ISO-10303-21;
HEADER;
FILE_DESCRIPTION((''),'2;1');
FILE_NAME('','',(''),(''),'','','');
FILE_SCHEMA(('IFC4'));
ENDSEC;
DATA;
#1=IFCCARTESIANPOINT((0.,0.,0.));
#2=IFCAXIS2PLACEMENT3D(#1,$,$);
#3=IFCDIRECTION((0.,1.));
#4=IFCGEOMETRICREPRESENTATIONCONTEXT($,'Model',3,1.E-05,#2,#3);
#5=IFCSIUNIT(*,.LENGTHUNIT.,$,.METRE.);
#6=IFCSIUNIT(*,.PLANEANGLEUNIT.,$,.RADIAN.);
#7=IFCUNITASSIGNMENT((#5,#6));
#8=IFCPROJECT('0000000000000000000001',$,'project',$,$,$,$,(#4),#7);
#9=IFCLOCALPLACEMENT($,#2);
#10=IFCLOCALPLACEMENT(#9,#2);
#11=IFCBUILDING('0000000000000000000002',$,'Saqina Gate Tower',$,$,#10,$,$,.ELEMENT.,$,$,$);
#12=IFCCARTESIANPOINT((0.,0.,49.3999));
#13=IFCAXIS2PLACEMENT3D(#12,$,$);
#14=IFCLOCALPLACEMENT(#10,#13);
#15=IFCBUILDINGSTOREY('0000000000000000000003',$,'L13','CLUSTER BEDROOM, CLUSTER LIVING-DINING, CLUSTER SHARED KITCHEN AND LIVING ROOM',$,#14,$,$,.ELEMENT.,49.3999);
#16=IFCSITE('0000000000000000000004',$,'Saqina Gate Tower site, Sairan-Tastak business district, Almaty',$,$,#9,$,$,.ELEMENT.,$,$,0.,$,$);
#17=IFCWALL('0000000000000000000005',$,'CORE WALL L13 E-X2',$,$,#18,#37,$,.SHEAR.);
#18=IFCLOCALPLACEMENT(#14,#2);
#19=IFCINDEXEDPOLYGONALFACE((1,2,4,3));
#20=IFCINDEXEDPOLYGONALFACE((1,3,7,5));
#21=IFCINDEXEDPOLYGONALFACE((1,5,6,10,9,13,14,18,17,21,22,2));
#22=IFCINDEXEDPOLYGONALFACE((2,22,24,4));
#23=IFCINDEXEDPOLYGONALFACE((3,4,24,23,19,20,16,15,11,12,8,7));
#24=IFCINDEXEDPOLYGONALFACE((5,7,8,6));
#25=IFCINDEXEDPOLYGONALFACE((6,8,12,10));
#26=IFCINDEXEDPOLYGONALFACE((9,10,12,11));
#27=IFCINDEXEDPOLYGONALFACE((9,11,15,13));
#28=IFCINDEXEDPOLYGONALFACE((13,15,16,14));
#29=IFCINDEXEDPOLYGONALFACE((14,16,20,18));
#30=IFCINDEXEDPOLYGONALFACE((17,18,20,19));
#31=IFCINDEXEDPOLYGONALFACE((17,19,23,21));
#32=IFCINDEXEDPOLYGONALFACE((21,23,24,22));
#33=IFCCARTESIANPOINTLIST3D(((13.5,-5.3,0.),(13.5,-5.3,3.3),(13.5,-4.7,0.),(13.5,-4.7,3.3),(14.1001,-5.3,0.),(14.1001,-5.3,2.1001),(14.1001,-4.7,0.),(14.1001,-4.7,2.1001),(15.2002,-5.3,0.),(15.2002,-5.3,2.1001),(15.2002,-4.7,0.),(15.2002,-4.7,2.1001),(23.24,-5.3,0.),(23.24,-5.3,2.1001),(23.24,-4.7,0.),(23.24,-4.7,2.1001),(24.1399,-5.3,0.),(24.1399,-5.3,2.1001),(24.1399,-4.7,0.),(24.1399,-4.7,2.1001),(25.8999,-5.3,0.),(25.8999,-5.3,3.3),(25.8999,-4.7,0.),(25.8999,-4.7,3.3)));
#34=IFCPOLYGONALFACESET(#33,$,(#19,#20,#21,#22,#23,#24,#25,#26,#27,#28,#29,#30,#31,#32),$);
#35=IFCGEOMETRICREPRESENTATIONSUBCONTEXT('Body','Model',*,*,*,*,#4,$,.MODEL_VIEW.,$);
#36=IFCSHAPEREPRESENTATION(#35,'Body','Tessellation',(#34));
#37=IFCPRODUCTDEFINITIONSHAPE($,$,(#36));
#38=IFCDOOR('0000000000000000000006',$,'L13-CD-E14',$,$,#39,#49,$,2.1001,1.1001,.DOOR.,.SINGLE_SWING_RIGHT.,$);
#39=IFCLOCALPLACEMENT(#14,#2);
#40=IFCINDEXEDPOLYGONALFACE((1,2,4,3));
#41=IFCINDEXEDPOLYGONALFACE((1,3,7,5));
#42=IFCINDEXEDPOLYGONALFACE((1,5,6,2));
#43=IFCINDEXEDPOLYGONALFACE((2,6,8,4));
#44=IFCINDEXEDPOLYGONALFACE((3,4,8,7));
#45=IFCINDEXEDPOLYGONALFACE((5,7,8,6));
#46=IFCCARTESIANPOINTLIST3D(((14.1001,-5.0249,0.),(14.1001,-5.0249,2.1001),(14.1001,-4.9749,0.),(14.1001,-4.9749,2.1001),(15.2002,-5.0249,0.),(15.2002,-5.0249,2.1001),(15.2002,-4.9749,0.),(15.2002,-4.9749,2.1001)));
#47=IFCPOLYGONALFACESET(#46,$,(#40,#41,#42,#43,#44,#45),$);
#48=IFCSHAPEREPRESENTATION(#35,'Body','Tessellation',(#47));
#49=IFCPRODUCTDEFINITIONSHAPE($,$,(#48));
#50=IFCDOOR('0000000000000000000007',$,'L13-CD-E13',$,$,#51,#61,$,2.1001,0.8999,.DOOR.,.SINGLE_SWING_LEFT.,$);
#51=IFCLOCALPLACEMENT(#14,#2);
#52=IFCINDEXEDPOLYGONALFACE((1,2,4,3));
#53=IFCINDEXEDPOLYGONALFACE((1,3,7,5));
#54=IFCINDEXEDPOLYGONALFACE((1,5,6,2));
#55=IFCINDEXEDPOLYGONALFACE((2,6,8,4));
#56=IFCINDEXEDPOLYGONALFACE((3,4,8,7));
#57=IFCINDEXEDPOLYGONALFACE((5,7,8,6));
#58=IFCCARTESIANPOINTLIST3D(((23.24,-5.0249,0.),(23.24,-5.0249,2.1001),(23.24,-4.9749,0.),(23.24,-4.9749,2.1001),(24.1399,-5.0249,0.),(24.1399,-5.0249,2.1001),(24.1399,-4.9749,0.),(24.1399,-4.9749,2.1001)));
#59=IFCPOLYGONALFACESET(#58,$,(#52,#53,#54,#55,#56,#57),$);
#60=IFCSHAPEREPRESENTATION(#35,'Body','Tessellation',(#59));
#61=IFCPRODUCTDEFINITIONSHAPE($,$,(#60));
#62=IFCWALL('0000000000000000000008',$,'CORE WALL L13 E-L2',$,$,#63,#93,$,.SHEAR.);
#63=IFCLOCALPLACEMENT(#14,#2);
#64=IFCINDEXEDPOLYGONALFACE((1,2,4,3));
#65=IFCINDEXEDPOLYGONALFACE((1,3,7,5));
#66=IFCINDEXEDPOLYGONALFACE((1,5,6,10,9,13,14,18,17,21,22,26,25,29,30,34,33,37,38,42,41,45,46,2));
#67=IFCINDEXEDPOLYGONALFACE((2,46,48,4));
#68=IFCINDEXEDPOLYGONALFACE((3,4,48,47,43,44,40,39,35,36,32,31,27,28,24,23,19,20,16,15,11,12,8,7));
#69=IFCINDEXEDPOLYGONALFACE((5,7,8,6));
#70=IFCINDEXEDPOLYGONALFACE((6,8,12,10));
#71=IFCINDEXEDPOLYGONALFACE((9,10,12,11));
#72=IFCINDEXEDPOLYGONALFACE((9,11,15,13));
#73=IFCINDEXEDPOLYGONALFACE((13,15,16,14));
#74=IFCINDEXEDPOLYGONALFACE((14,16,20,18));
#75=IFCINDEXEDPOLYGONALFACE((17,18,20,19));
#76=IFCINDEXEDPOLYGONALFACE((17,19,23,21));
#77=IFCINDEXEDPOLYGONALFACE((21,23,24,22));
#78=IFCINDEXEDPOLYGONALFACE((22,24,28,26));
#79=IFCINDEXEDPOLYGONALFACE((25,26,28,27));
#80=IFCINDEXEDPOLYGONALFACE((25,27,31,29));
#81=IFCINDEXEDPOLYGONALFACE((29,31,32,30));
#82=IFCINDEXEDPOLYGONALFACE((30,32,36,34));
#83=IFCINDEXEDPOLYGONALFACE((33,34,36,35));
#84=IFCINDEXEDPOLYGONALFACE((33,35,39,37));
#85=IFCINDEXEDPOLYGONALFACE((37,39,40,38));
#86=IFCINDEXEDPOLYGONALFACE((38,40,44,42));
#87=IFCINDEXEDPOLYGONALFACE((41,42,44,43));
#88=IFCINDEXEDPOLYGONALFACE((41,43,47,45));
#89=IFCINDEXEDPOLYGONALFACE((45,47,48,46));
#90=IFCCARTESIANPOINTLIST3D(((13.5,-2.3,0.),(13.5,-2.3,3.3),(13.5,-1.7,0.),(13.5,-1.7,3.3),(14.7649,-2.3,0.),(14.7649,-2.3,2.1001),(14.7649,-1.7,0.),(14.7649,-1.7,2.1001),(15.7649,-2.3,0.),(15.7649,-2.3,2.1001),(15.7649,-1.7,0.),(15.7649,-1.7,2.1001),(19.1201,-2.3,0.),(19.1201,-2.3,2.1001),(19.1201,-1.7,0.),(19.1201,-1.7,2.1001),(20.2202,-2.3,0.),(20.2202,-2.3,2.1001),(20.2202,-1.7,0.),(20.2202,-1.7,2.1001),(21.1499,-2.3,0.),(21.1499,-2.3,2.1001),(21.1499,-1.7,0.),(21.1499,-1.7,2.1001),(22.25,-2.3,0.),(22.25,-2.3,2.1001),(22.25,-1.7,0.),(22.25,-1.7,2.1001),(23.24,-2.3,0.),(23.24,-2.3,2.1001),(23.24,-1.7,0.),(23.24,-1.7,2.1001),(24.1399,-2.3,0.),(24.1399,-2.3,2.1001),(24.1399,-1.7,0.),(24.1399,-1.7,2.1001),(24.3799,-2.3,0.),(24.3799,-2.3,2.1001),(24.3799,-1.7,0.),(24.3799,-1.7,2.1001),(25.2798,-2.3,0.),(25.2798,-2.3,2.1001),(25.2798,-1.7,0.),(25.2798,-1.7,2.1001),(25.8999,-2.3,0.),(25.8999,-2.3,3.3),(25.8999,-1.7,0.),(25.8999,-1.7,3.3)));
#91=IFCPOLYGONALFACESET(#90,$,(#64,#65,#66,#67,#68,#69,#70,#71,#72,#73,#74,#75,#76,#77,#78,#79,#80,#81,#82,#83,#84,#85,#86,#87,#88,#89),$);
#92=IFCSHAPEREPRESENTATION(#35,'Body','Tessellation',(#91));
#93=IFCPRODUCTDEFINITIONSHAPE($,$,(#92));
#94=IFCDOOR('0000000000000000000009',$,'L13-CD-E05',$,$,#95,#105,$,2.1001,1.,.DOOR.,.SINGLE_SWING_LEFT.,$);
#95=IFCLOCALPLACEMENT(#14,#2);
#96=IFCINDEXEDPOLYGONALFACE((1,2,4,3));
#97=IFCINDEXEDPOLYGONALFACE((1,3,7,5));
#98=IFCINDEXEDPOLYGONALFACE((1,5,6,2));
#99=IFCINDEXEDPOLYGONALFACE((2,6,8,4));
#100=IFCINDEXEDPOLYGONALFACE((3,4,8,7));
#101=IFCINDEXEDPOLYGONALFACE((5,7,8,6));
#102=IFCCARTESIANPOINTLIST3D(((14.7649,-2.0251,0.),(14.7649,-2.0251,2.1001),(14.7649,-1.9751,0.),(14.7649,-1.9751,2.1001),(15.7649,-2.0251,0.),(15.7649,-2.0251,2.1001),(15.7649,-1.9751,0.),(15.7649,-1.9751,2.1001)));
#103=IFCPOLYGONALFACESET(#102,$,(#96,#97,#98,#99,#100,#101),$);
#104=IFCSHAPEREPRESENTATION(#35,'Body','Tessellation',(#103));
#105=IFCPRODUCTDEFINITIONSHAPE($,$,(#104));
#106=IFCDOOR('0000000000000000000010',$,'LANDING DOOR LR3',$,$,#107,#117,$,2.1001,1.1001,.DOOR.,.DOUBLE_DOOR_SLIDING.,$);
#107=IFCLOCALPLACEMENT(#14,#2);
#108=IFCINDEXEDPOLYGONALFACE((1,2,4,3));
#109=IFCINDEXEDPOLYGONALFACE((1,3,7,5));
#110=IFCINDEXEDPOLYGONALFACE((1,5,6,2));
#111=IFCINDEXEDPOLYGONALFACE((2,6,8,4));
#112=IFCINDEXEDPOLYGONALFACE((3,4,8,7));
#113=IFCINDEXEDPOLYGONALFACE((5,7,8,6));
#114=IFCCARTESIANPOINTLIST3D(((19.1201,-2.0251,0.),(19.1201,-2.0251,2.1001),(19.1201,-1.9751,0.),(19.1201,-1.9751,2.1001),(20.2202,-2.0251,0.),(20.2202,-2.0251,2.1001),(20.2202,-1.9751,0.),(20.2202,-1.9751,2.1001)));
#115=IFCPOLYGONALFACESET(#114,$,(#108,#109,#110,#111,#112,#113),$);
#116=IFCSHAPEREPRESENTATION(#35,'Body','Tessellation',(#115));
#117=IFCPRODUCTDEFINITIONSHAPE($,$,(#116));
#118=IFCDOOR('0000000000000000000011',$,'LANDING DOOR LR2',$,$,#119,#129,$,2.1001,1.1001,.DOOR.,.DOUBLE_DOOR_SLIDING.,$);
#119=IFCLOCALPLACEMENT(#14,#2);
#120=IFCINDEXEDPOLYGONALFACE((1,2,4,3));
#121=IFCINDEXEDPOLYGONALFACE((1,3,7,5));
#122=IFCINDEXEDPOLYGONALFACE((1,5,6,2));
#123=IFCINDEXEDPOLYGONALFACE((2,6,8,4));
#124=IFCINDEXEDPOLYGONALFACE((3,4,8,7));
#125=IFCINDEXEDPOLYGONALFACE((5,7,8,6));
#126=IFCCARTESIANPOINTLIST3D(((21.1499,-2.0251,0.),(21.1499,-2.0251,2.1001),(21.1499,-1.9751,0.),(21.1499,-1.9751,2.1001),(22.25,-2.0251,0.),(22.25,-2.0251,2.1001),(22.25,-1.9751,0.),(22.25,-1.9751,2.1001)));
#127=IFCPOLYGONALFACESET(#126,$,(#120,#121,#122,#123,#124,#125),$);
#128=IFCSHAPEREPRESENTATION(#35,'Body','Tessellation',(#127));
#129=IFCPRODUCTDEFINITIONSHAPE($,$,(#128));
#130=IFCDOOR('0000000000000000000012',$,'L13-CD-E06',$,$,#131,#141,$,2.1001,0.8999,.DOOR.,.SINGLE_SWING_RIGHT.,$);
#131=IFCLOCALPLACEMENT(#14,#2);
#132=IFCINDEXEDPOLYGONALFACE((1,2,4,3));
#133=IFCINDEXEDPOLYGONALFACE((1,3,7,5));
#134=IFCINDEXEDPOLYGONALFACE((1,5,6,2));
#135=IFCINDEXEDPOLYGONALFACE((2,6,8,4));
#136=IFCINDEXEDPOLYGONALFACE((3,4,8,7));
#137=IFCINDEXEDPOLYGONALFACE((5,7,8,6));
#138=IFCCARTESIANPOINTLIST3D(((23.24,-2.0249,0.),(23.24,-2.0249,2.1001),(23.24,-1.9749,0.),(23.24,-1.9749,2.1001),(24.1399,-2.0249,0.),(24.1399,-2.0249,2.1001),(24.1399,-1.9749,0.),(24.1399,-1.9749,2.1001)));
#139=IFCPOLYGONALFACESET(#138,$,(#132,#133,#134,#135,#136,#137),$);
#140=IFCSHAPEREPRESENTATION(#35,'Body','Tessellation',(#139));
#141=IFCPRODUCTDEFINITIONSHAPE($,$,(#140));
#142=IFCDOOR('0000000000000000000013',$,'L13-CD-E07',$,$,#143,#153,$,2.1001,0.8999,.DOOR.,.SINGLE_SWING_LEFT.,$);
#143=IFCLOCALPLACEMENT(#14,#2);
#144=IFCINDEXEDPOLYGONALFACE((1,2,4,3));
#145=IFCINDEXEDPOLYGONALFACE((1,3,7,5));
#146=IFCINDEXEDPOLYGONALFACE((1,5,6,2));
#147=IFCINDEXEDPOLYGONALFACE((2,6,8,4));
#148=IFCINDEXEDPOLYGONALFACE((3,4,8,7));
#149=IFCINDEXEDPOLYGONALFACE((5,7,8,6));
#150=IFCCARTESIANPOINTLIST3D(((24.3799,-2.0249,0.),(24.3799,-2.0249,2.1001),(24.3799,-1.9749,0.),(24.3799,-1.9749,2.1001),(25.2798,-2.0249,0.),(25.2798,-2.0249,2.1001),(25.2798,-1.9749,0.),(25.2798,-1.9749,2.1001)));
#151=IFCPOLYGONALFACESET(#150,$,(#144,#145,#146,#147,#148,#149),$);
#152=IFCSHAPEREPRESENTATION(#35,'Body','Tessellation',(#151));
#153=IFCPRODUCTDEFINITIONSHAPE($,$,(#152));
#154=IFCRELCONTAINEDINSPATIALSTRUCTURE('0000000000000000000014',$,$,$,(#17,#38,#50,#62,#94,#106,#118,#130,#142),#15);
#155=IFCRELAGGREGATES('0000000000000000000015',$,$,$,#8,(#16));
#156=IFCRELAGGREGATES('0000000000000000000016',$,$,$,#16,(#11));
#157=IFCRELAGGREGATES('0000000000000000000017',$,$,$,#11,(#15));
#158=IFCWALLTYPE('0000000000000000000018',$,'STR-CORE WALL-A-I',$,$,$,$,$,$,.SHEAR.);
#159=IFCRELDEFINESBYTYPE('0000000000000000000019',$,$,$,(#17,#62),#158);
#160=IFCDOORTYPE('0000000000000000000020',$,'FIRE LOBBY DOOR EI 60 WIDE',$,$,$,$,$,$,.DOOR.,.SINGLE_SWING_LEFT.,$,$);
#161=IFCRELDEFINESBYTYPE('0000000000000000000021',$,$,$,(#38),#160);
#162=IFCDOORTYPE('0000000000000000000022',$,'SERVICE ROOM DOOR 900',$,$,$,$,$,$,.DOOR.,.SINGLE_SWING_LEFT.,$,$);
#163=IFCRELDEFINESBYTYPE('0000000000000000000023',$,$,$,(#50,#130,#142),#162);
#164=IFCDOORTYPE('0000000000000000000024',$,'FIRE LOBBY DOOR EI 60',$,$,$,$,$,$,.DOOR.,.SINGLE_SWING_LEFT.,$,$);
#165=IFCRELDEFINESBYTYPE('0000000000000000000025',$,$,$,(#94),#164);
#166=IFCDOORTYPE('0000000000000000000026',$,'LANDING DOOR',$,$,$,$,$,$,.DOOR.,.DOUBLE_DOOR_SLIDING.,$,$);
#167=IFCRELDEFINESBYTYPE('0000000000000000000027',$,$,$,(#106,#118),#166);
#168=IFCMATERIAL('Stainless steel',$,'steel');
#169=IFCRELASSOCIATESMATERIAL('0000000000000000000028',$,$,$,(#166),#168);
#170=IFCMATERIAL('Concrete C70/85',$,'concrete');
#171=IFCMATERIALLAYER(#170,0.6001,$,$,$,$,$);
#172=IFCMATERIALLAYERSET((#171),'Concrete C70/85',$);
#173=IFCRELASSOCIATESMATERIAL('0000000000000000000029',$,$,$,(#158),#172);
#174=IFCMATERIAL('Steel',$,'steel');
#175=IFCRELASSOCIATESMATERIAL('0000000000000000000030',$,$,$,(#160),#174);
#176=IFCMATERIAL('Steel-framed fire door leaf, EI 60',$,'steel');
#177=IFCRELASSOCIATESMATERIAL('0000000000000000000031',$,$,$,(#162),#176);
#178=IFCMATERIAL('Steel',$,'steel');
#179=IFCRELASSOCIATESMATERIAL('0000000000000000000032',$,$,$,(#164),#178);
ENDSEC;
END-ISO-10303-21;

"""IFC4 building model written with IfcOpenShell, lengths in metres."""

from ifc_helpers import new_model, si_unit, direction, frame, frame_2d, origin, place, context, subcontext, project, spatial, rectangle, extrude, material, layer, layer_set, type_object, element, fill, save


model = new_model("IFC4")

# Units and contexts
model_context = context("Model", 3, precision=1e-05, world=origin(), true_north=direction((0.0, 1.0)))
body_context = subcontext(model_context, "Body", "Model", "MODEL_VIEW")
ifc_project = project(units=[si_unit("LENGTHUNIT", "METRE"), si_unit("PLANEANGLEUNIT", "RADIAN")], contexts=[model_context])

# Site, building, storey
site_placement = place(None, origin())
site = spatial("IfcSite", under=ifc_project, at=site_placement, Name="Saqina Gate Tower site, Sairan-Tastak business district, Almaty", CompositionType="ELEMENT", RefElevation=0.0)
building_placement = place(site_placement, origin())
building = spatial("IfcBuilding", under=site, at=building_placement, Name="Saqina Gate Tower", CompositionType="ELEMENT")
storey_placement = place(building_placement, frame((0.0, 0.0, 49.3999)))
storey = spatial("IfcBuildingStorey", under=building, at=storey_placement, Name="L13", Description="CLUSTER BEDROOM, CLUSTER LIVING-DINING, CLUSTER SHARED KITCHEN AND LIVING ROOM", CompositionType="ELEMENT", Elevation=49.3999)

# Shared definitions
ifc_material_1 = material(Name="Stainless steel", Category="steel")
door_type_1 = type_object("IfcDoorType", Name="LANDING DOOR", OperationType="DOUBLE_DOOR_SLIDING", PredefinedType="DOOR", material=ifc_material_1)

# Walls, openings, doors
ifc_material_2 = material(Name="Concrete C70/85", Category="concrete")
ifc_layer_1 = layer(ifc_material_2, 0.6001)
ifc_layer_set_1 = layer_set([ifc_layer_1], Name="Concrete C70/85")
wall_type_1 = type_object("IfcWallType", Name="STR-CORE WALL-A-I", PredefinedType="SHEAR", material=ifc_layer_set_1)
wall_1_placement = place(storey_placement, frame((13.5, -5.0, 0.0), z_axis=(0.0, 0.0, 1.0), x_axis=(1.0, 0.0, 0.0)))
wall_1 = element("IfcWall", 1, at=wall_1_placement, inside=storey, type_object=wall_type_1, Name="CORE WALL L13 E-X2", PredefinedType="SHEAR", context=body_context, shape_type="SweptSolid", body=[
    extrude(rectangle(XDim=12.3999, YDim=0.6001, at=frame_2d((6.2, 0.0))), origin(), (0.0, 0.0, 1.0), 3.3),
])
opening_1_placement = place(wall_1_placement, frame((9.74, 0.0, 0.0)))
opening_1 = element("IfcOpeningElement", 2, at=opening_1_placement, cuts=wall_1, PredefinedType="OPENING", context=body_context, shape_type="SweptSolid", body=[
    extrude(rectangle(XDim=0.8999, YDim=2.1001, at=frame_2d((0.45, 1.05))), frame((0.0, 0.312, 0.0), z_axis=(0.0, -1.0, 0.0), x_axis=(1.0, 0.0, 0.0)), (0.0, 0.0, 1.0), 0.624),
])
opening_2_placement = place(wall_1_placement, frame((0.6001, 0.0, 0.0)))
opening_2 = element("IfcOpeningElement", 3, at=opening_2_placement, cuts=wall_1, PredefinedType="OPENING", context=body_context, shape_type="SweptSolid", body=[
    extrude(rectangle(XDim=1.1001, YDim=2.1001, at=frame_2d((0.55, 1.05))), frame((0.0, 0.312, 0.0), z_axis=(0.0, -1.0, 0.0), x_axis=(1.0, 0.0, 0.0)), (0.0, 0.0, 1.0), 0.624),
])
ifc_material_3 = material(Name="Steel", Category="steel")
door_type_2 = type_object("IfcDoorType", Name="FIRE LOBBY DOOR EI 60 WIDE", OperationType="SINGLE_SWING_LEFT", PredefinedType="DOOR", material=ifc_material_3)
door_1_placement = place(opening_2_placement, frame((1.1001, 0.0, 0.0), z_axis=(0.0, 0.0, 1.0), x_axis=(-1.0, 0.0, 0.0)))
door_1 = element("IfcDoor", 4, at=door_1_placement, inside=storey, type_object=door_type_2, Name="L13-CD-E14", OperationType="SINGLE_SWING_RIGHT", OverallHeight=2.1001, OverallWidth=1.1001, PredefinedType="DOOR", context=body_context, shape_type="SweptSolid", body=[
    extrude(rectangle(XDim=1.1001, YDim=2.1001, at=frame_2d((0.55, 1.05))), frame((0.0, 0.0249, 0.0), z_axis=(0.0, -1.0, 0.0), x_axis=(1.0, 0.0, 0.0)), (0.0, 0.0, 1.0), 0.05),
])
fill(opening_2, door_1)
ifc_material_4 = material(Name="Steel-framed fire door leaf, EI 60", Category="steel")
door_type_3 = type_object("IfcDoorType", Name="SERVICE ROOM DOOR 900", OperationType="SINGLE_SWING_LEFT", PredefinedType="DOOR", material=ifc_material_4)
door_2_placement = place(opening_1_placement, frame((0.8999, 0.0, 0.0), z_axis=(0.0, 0.0, 1.0), x_axis=(-1.0, 0.0, 0.0)))
door_2 = element("IfcDoor", 5, at=door_2_placement, inside=storey, type_object=door_type_3, Name="L13-CD-E13", OperationType="SINGLE_SWING_LEFT", OverallHeight=2.1001, OverallWidth=0.8999, PredefinedType="DOOR", context=body_context, shape_type="SweptSolid", body=[
    extrude(rectangle(XDim=0.8999, YDim=2.1001, at=frame_2d((0.45, 1.05))), frame((0.0, 0.0249, 0.0), z_axis=(0.0, -1.0, 0.0), x_axis=(1.0, 0.0, 0.0)), (0.0, 0.0, 1.0), 0.05),
])
fill(opening_1, door_2)
wall_2_placement = place(storey_placement, frame((13.5, -2.0, 0.0), z_axis=(0.0, 0.0, 1.0), x_axis=(1.0, 0.0, 0.0)))
wall_2 = element("IfcWall", 6, at=wall_2_placement, inside=storey, type_object=wall_type_1, Name="CORE WALL L13 E-L2", PredefinedType="SHEAR", context=body_context, shape_type="SweptSolid", body=[
    extrude(rectangle(XDim=12.3999, YDim=0.6001, at=frame_2d((6.2, 0.0))), origin(), (0.0, 0.0, 1.0), 3.3),
])
opening_3_placement = place(wall_2_placement, frame((5.6201, 0.0, 0.0)))
opening_3 = element("IfcOpeningElement", 7, at=opening_3_placement, cuts=wall_2, PredefinedType="OPENING", context=body_context, shape_type="SweptSolid", body=[
    extrude(rectangle(XDim=1.1001, YDim=2.1001, at=frame_2d((0.55, 1.05))), frame((0.0, 0.312, 0.0), z_axis=(0.0, -1.0, 0.0), x_axis=(1.0, 0.0, 0.0)), (0.0, 0.0, 1.0), 0.624),
])
opening_4_placement = place(wall_2_placement, frame((7.6499, 0.0, 0.0)))
opening_4 = element("IfcOpeningElement", 8, at=opening_4_placement, cuts=wall_2, PredefinedType="OPENING", context=body_context, shape_type="SweptSolid", body=[
    extrude(rectangle(XDim=1.1001, YDim=2.1001, at=frame_2d((0.55, 1.05))), frame((0.0, 0.312, 0.0), z_axis=(0.0, -1.0, 0.0), x_axis=(1.0, 0.0, 0.0)), (0.0, 0.0, 1.0), 0.624),
])
opening_5_placement = place(wall_2_placement, frame((1.2649, 0.0, 0.0)))
opening_5 = element("IfcOpeningElement", 9, at=opening_5_placement, cuts=wall_2, PredefinedType="OPENING", context=body_context, shape_type="SweptSolid", body=[
    extrude(rectangle(XDim=1.0, YDim=2.1001, at=frame_2d((0.5, 1.05))), frame((0.0, 0.312, 0.0), z_axis=(0.0, -1.0, 0.0), x_axis=(1.0, 0.0, 0.0)), (0.0, 0.0, 1.0), 0.624),
])
opening_6_placement = place(wall_2_placement, frame((9.74, 0.0, 0.0)))
opening_6 = element("IfcOpeningElement", 10, at=opening_6_placement, cuts=wall_2, PredefinedType="OPENING", context=body_context, shape_type="SweptSolid", body=[
    extrude(rectangle(XDim=0.8999, YDim=2.1001, at=frame_2d((0.45, 1.05))), frame((0.0, 0.312, 0.0), z_axis=(0.0, -1.0, 0.0), x_axis=(1.0, 0.0, 0.0)), (0.0, 0.0, 1.0), 0.624),
])
opening_7_placement = place(wall_2_placement, frame((10.8799, 0.0, 0.0)))
opening_7 = element("IfcOpeningElement", 11, at=opening_7_placement, cuts=wall_2, PredefinedType="OPENING", context=body_context, shape_type="SweptSolid", body=[
    extrude(rectangle(XDim=0.8999, YDim=2.1001, at=frame_2d((0.45, 1.05))), frame((0.0, 0.312, 0.0), z_axis=(0.0, -1.0, 0.0), x_axis=(1.0, 0.0, 0.0)), (0.0, 0.0, 1.0), 0.624),
])
ifc_material_5 = material(Name="Steel", Category="steel")
door_type_4 = type_object("IfcDoorType", Name="FIRE LOBBY DOOR EI 60", OperationType="SINGLE_SWING_LEFT", PredefinedType="DOOR", material=ifc_material_5)
door_3_placement = place(opening_5_placement, origin())
door_3 = element("IfcDoor", 12, at=door_3_placement, inside=storey, type_object=door_type_4, Name="L13-CD-E05", OperationType="SINGLE_SWING_LEFT", OverallHeight=2.1001, OverallWidth=1.0, PredefinedType="DOOR", context=body_context, shape_type="SweptSolid", body=[
    extrude(rectangle(XDim=1.0, YDim=2.1001, at=frame_2d((0.5, 1.05))), frame((0.0, 0.0249, 0.0), z_axis=(0.0, -1.0, 0.0), x_axis=(1.0, 0.0, 0.0)), (0.0, 0.0, 1.0), 0.05),
])
fill(opening_5, door_3)
door_4_placement = place(opening_3_placement, origin())
door_4 = element("IfcDoor", 13, at=door_4_placement, inside=storey, type_object=door_type_1, Name="LANDING DOOR LR3", OperationType="DOUBLE_DOOR_SLIDING", OverallHeight=2.1001, OverallWidth=1.1001, PredefinedType="DOOR", context=body_context, shape_type="SweptSolid", body=[
    extrude(rectangle(XDim=1.1001, YDim=2.1001, at=frame_2d((0.55, 1.05))), frame((0.0, 0.0249, 0.0), z_axis=(0.0, -1.0, 0.0), x_axis=(1.0, 0.0, 0.0)), (0.0, 0.0, 1.0), 0.05),
])
fill(opening_3, door_4)
door_5_placement = place(opening_4_placement, origin())
door_5 = element("IfcDoor", 14, at=door_5_placement, inside=storey, type_object=door_type_1, Name="LANDING DOOR LR2", OperationType="DOUBLE_DOOR_SLIDING", OverallHeight=2.1001, OverallWidth=1.1001, PredefinedType="DOOR", context=body_context, shape_type="SweptSolid", body=[
    extrude(rectangle(XDim=1.1001, YDim=2.1001, at=frame_2d((0.55, 1.05))), frame((0.0, 0.0249, 0.0), z_axis=(0.0, -1.0, 0.0), x_axis=(1.0, 0.0, 0.0)), (0.0, 0.0, 1.0), 0.05),
])
fill(opening_4, door_5)
door_6_placement = place(opening_6_placement, frame((0.8999, 0.0, 0.0), z_axis=(0.0, 0.0, 1.0), x_axis=(-1.0, 0.0, 0.0)))
door_6 = element("IfcDoor", 15, at=door_6_placement, inside=storey, type_object=door_type_3, Name="L13-CD-E06", OperationType="SINGLE_SWING_RIGHT", OverallHeight=2.1001, OverallWidth=0.8999, PredefinedType="DOOR", context=body_context, shape_type="SweptSolid", body=[
    extrude(rectangle(XDim=0.8999, YDim=2.1001, at=frame_2d((0.45, 1.05))), frame((0.0, 0.0249, 0.0), z_axis=(0.0, -1.0, 0.0), x_axis=(1.0, 0.0, 0.0)), (0.0, 0.0, 1.0), 0.05),
])
fill(opening_6, door_6)
door_7_placement = place(opening_7_placement, frame((0.8999, 0.0, 0.0), z_axis=(0.0, 0.0, 1.0), x_axis=(-1.0, 0.0, 0.0)))
door_7 = element("IfcDoor", 16, at=door_7_placement, inside=storey, type_object=door_type_3, Name="L13-CD-E07", OperationType="SINGLE_SWING_LEFT", OverallHeight=2.1001, OverallWidth=0.8999, PredefinedType="DOOR", context=body_context, shape_type="SweptSolid", body=[
    extrude(rectangle(XDim=0.8999, YDim=2.1001, at=frame_2d((0.45, 1.05))), frame((0.0, 0.0249, 0.0), z_axis=(0.0, -1.0, 0.0), x_axis=(1.0, 0.0, 0.0)), (0.0, 0.0, 1.0), 0.05),
])
fill(opening_7, door_7)

save(model, "model.ifc")
